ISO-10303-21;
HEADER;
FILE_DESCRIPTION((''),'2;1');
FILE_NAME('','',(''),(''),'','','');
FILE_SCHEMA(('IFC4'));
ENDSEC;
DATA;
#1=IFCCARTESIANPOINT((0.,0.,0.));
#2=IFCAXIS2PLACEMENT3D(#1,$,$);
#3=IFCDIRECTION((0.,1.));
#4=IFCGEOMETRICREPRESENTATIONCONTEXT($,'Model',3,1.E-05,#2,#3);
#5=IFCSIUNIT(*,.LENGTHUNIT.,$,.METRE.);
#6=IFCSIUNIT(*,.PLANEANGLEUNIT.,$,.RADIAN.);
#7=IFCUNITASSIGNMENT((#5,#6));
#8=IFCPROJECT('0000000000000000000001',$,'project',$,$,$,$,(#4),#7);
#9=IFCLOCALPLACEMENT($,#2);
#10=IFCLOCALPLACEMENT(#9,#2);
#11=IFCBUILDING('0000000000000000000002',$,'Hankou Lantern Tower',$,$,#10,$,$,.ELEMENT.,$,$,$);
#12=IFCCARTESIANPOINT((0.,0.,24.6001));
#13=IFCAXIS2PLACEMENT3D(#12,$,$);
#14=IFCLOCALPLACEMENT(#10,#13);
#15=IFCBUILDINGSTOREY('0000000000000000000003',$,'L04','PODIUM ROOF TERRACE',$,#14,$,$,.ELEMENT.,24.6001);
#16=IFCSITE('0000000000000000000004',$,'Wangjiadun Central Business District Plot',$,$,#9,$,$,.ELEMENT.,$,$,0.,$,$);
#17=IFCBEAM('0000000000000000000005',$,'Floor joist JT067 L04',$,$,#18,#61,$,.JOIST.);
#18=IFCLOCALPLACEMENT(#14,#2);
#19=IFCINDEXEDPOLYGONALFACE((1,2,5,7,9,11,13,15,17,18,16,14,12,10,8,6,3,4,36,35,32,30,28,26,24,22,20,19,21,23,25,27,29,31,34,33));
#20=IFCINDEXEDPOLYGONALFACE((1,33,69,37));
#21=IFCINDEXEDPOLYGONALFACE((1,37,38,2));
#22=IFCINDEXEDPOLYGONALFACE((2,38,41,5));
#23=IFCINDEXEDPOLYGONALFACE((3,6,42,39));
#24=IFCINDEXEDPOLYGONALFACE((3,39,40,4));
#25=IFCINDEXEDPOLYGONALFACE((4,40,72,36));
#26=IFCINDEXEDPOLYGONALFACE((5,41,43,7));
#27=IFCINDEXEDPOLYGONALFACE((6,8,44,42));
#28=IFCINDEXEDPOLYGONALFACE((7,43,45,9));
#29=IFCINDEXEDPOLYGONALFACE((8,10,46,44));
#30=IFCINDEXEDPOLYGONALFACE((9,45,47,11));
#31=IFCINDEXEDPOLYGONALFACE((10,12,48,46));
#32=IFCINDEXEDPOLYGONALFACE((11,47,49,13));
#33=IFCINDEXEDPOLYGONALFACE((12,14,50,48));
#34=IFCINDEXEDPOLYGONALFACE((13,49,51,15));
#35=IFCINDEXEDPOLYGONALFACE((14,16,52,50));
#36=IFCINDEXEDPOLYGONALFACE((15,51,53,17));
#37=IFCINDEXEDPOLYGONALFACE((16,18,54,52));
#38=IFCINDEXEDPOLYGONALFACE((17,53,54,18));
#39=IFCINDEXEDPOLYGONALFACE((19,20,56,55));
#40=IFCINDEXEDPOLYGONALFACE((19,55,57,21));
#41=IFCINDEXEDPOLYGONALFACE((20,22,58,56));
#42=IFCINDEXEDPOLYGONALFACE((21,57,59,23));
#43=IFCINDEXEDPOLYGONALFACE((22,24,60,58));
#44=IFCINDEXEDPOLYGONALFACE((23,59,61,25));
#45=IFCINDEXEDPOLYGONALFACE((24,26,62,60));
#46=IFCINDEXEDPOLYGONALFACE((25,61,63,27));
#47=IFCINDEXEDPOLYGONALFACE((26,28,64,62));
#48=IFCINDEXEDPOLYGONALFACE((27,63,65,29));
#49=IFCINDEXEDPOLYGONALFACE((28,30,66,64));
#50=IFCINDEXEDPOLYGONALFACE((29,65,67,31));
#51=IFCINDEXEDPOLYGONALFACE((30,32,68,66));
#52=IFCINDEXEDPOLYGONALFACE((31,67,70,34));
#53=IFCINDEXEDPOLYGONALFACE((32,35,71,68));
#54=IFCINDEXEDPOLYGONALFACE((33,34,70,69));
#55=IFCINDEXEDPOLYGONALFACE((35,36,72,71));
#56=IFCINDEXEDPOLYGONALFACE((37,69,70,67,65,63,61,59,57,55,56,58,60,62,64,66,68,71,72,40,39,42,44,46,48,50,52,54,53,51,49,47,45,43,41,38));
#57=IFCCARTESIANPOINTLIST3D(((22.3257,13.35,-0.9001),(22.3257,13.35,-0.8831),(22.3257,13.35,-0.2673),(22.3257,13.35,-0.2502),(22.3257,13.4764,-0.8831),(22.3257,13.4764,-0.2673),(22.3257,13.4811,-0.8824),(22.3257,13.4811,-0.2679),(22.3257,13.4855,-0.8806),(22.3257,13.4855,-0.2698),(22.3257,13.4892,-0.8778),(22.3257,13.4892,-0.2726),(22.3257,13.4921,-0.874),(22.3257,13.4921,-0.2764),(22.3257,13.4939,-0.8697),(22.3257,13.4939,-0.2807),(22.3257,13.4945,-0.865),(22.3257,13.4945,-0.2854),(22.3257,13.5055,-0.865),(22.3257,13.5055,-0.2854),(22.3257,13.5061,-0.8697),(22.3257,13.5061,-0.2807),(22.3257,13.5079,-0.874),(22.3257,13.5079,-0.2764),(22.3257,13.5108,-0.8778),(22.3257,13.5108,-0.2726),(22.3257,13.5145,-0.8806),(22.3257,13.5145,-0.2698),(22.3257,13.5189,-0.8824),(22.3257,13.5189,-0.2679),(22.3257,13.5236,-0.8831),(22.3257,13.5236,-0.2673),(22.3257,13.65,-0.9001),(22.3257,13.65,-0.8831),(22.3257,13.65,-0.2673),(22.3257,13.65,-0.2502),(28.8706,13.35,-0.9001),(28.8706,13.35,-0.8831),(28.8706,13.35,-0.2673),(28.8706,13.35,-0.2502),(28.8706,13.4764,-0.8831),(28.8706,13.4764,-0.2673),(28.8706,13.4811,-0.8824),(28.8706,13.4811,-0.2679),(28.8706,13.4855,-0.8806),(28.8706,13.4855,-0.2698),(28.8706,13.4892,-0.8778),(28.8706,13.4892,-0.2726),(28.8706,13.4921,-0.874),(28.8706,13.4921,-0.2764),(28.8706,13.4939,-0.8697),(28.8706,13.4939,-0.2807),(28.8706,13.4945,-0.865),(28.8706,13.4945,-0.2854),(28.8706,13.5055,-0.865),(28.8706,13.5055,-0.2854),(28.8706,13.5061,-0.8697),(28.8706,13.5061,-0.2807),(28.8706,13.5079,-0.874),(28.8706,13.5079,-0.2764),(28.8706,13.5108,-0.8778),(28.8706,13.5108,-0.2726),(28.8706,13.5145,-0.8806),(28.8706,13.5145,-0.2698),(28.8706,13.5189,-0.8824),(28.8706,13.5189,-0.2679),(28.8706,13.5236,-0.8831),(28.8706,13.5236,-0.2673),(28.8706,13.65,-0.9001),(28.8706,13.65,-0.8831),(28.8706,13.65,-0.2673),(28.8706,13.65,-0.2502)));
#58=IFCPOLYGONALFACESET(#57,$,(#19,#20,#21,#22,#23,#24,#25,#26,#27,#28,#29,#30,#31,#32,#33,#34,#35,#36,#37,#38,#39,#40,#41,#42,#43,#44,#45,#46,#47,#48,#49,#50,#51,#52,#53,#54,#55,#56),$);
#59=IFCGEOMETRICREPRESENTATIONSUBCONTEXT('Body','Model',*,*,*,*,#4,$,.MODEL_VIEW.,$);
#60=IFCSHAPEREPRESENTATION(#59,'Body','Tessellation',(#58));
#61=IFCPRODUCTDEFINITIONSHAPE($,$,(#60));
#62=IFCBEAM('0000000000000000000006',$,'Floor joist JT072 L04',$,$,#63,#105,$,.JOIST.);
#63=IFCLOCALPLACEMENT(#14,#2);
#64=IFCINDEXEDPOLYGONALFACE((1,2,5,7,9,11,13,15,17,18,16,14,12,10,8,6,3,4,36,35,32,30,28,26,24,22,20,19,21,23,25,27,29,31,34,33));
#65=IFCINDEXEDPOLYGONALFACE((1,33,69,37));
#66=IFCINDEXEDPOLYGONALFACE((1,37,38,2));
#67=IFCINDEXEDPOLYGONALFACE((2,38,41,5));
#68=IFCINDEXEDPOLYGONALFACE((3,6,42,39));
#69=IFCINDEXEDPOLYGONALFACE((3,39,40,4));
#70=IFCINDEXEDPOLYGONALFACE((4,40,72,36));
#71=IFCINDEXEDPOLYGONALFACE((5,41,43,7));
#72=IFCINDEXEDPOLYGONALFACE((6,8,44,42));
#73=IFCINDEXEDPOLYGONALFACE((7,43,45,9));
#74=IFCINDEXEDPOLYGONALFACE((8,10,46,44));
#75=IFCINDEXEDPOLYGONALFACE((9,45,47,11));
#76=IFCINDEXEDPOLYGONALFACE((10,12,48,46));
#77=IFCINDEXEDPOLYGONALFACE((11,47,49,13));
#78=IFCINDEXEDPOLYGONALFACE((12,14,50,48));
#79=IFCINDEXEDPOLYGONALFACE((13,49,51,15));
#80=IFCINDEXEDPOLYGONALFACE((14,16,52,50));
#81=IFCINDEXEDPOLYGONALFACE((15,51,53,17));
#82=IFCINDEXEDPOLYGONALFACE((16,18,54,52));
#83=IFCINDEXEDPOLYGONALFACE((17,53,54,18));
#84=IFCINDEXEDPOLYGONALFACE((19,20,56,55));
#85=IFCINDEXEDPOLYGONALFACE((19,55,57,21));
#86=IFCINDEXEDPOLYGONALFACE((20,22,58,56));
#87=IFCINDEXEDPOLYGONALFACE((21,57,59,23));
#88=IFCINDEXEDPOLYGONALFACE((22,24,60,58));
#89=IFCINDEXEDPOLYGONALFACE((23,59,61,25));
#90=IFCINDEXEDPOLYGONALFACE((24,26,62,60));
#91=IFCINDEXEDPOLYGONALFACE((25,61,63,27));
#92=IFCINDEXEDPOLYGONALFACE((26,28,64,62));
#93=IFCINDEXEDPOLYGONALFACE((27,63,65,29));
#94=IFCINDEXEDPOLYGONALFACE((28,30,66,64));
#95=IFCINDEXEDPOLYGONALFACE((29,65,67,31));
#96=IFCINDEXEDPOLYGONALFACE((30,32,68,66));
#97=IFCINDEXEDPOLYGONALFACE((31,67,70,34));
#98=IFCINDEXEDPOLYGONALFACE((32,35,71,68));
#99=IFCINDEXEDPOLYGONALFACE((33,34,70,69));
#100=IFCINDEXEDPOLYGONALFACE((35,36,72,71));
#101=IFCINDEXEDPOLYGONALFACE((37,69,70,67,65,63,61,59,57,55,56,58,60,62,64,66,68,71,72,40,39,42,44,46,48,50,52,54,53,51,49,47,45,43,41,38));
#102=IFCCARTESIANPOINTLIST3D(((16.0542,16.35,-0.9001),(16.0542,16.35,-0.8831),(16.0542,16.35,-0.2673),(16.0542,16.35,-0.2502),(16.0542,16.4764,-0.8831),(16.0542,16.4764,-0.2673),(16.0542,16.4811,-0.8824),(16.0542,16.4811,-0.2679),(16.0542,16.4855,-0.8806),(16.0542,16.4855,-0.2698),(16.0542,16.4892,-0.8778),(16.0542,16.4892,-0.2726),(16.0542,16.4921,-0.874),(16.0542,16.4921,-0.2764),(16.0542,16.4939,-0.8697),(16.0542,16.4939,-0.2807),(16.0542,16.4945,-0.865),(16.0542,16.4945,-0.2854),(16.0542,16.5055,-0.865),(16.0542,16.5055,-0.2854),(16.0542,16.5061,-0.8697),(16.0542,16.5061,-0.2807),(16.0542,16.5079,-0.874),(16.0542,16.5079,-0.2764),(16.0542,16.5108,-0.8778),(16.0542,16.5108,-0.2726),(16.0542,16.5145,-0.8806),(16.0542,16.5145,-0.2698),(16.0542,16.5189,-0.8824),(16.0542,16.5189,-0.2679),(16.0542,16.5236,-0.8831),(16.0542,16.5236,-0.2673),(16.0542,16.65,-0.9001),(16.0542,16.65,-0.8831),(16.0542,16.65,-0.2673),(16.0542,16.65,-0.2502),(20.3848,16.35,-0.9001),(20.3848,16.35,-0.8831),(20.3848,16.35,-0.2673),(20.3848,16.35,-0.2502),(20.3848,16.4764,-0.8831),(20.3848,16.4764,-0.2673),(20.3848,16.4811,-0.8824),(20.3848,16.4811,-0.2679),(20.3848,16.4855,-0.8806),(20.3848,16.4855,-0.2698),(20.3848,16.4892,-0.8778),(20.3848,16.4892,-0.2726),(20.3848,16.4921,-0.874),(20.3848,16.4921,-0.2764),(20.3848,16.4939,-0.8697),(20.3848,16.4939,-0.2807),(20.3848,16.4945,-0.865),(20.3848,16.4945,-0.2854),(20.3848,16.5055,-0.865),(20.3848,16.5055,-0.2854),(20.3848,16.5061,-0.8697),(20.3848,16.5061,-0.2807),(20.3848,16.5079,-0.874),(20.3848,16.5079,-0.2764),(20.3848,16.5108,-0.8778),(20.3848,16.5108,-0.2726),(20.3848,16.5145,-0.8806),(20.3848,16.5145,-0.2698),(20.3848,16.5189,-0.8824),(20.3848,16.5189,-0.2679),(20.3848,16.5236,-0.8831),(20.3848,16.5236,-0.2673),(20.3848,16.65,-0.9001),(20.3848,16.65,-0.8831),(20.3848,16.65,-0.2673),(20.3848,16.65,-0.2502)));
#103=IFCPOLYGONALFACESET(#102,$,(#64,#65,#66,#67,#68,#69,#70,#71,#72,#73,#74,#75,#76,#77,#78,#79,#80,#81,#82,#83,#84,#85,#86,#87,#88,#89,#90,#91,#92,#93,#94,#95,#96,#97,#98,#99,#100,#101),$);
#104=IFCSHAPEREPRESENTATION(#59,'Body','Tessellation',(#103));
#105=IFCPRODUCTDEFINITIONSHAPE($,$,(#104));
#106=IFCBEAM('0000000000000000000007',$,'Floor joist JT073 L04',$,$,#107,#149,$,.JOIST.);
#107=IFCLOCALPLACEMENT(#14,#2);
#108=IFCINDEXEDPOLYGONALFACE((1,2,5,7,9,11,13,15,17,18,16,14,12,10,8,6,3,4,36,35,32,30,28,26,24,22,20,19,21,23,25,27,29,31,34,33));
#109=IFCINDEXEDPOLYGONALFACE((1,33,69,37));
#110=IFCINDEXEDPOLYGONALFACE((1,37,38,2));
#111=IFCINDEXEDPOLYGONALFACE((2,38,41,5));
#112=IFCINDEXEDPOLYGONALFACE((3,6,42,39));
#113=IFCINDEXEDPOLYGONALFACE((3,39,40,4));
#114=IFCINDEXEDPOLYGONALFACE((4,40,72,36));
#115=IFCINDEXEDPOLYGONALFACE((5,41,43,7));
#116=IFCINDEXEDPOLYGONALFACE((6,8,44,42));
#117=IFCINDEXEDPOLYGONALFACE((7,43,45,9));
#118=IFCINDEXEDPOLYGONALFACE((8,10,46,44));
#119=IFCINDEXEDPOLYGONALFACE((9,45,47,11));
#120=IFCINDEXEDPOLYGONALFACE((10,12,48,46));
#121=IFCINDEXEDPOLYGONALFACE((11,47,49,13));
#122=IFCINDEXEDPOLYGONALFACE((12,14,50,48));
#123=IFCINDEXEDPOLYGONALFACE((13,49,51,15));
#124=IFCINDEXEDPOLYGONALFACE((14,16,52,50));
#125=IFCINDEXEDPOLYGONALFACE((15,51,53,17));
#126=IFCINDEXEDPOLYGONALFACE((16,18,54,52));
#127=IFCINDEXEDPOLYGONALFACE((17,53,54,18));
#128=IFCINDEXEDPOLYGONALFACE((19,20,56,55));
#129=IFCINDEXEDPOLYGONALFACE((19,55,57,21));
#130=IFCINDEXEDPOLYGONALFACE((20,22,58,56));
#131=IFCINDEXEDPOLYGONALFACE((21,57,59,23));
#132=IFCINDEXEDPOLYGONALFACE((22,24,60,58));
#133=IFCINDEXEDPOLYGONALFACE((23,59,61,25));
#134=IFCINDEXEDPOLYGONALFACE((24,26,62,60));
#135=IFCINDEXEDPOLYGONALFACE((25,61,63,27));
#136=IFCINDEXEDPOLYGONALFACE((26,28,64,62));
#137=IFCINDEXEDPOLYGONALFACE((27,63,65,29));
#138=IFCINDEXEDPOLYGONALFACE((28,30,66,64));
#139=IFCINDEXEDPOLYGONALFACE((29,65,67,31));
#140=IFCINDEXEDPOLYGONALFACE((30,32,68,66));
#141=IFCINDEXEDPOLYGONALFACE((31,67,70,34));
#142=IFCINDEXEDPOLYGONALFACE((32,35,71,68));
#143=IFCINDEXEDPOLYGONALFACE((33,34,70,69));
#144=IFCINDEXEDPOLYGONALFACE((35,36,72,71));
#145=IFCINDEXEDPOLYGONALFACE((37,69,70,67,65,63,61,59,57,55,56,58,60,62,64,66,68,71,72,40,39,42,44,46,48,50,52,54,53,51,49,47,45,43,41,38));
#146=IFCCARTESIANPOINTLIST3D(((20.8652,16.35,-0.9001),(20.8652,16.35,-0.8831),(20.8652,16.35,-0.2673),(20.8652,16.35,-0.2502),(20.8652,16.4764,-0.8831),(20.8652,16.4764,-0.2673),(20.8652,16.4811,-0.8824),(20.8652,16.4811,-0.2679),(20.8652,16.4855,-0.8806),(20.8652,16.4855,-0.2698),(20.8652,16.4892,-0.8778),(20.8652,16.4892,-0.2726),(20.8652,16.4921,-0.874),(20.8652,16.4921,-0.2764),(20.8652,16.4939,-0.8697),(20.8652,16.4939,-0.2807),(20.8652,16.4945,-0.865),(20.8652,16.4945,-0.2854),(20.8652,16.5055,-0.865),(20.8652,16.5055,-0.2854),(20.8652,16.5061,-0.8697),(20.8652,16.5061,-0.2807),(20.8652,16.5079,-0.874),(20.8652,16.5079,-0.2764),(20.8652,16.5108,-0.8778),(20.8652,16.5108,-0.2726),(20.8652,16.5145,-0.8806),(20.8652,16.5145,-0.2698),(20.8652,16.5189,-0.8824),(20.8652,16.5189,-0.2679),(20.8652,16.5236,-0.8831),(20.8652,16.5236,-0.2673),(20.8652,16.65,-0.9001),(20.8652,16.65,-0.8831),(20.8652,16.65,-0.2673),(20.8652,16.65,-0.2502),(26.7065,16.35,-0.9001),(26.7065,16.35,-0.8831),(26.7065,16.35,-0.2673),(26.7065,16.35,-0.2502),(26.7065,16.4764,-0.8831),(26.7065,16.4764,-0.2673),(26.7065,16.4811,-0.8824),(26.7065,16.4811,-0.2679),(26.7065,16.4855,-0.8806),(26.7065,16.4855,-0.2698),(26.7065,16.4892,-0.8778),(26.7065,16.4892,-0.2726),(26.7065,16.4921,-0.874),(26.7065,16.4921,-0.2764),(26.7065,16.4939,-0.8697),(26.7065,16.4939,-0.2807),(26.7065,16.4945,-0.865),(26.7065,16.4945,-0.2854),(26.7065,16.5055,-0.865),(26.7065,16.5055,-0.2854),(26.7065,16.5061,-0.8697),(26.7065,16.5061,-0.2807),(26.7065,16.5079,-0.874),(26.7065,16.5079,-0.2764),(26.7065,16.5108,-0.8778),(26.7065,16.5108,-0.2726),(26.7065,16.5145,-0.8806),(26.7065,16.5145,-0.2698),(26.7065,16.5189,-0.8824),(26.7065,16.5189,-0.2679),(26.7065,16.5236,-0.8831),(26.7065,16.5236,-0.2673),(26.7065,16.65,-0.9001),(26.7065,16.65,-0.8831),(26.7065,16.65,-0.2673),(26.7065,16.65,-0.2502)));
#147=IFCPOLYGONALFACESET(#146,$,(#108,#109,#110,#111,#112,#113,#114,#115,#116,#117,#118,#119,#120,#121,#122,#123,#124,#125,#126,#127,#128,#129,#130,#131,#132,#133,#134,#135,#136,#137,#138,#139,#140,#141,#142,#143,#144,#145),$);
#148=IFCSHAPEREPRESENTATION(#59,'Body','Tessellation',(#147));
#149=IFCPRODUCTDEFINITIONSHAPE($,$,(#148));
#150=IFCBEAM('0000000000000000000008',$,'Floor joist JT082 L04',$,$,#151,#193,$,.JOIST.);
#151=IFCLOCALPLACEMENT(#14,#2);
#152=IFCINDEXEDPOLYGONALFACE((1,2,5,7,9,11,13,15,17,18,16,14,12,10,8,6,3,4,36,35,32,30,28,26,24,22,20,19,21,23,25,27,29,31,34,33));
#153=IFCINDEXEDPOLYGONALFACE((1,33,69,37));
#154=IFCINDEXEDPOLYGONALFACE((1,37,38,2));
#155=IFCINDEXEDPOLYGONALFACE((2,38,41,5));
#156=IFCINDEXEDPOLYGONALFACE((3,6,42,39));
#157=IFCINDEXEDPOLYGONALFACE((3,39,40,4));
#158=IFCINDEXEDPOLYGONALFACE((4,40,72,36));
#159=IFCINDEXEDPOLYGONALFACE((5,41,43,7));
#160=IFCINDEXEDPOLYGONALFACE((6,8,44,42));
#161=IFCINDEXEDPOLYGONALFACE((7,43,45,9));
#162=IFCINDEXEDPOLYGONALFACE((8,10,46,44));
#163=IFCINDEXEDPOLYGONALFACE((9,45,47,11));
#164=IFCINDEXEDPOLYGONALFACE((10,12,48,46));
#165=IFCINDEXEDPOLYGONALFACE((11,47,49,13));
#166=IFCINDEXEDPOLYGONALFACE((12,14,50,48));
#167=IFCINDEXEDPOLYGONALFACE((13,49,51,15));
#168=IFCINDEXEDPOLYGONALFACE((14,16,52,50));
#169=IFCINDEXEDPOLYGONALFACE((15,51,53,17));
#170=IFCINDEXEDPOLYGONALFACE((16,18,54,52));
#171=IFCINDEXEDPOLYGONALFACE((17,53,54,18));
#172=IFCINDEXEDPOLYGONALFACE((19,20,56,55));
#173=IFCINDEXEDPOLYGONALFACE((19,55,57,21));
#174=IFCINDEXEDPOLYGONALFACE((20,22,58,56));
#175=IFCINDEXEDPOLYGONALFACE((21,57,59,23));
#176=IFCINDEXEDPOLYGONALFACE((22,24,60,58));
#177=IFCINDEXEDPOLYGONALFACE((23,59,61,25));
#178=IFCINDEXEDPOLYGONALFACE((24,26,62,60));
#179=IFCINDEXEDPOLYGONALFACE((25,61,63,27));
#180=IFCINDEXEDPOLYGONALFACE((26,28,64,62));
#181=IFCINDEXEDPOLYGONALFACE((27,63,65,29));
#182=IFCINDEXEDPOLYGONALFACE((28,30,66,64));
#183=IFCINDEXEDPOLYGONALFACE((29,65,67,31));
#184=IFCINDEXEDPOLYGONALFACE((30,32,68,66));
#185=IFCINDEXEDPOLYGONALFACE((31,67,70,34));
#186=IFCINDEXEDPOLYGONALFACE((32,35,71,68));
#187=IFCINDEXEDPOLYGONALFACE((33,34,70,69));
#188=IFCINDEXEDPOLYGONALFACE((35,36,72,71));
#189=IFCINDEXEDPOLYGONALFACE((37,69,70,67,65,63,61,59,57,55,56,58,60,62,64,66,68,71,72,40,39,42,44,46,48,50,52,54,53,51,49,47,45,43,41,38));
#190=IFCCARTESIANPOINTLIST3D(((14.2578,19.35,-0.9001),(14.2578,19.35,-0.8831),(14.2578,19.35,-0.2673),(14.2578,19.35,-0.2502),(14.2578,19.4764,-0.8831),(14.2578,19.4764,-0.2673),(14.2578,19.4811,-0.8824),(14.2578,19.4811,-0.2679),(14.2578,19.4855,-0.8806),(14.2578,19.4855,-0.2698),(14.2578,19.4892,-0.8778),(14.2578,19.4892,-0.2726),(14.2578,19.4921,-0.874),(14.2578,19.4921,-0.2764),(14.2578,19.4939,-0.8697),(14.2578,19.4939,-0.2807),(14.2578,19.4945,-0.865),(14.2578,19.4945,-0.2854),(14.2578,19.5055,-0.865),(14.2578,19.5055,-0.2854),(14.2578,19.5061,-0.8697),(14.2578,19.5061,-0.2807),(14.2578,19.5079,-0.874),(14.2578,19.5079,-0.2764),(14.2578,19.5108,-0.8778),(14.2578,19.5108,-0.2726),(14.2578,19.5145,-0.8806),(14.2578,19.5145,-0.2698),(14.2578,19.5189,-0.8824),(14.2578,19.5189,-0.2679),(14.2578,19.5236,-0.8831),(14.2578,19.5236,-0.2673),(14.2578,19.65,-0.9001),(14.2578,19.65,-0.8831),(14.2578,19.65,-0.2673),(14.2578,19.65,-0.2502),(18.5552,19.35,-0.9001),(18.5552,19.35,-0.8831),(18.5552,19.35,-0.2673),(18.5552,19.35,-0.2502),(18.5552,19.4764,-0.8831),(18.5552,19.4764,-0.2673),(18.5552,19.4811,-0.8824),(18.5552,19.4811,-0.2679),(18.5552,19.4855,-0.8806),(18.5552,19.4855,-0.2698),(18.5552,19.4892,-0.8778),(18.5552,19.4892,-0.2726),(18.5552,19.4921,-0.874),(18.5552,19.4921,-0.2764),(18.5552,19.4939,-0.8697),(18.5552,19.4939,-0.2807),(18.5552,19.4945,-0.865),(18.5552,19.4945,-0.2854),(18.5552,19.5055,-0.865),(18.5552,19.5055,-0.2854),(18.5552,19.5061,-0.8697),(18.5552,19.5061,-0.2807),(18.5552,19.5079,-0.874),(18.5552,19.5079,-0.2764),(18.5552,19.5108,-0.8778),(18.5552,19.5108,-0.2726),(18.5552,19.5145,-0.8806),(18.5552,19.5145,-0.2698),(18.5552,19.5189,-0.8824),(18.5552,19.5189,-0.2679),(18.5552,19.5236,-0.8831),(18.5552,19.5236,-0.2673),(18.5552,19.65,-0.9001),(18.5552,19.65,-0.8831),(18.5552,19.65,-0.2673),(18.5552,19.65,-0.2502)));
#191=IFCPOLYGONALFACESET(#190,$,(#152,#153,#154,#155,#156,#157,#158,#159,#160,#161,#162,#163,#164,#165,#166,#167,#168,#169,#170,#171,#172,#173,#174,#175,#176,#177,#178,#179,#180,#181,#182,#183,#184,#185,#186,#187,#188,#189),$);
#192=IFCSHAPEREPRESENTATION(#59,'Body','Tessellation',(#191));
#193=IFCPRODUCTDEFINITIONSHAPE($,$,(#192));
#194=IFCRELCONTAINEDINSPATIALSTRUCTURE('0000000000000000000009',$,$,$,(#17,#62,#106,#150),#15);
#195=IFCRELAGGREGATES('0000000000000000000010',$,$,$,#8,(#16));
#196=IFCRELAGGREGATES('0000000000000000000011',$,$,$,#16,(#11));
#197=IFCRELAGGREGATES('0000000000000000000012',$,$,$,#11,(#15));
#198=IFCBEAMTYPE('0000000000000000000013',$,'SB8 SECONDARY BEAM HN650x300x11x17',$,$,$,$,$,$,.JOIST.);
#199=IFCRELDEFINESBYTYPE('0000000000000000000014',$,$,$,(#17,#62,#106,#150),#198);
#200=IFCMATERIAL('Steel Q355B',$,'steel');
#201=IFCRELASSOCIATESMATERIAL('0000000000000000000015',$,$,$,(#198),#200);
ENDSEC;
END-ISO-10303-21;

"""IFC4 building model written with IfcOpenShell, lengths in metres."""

from ifc_helpers import new_model, si_unit, direction, frame, origin, origin_2d, place, context, subcontext, project, spatial, i_section, extrude, material, material_profile, profile_set, type_object, element, save


model = new_model("IFC4")

# Units and contexts
model_context = context("Model", 3, precision=1e-05, world=origin(), true_north=direction((0.0, 1.0)))
body_context = subcontext(model_context, "Body", "Model", "MODEL_VIEW")
ifc_project = project(units=[si_unit("LENGTHUNIT", "METRE"), si_unit("PLANEANGLEUNIT", "RADIAN")], contexts=[model_context])

# Site, building, storey
site_placement = place(None, origin())
site = spatial("IfcSite", under=ifc_project, at=site_placement, Name="Wangjiadun Central Business District Plot", CompositionType="ELEMENT", RefElevation=0.0)
building_placement = place(site_placement, origin())
building = spatial("IfcBuilding", under=site, at=building_placement, Name="Hankou Lantern Tower", CompositionType="ELEMENT")
storey_placement = place(building_placement, frame((0.0, 0.0, 24.6001)))
storey = spatial("IfcBuildingStorey", under=building, at=storey_placement, Name="L04", Description="PODIUM ROOF TERRACE", CompositionType="ELEMENT", Elevation=24.6001)

# Beams
ifc_material_1 = material(Name="Steel Q355B", Category="steel")
ifc_material_profile_1 = material_profile(ifc_material_1, i_section(OverallWidth=0.3, OverallDepth=0.6499, WebThickness=0.011, FlangeThickness=0.0171, FilletRadius=0.0181, at=origin_2d()), Name="HN650x300x11x17")
ifc_profile_set_1 = profile_set([ifc_material_profile_1], Name="Steel Q355B")
beam_type_1 = type_object("IfcBeamType", Name="SB8 SECONDARY BEAM HN650x300x11x17", PredefinedType="JOIST", material=ifc_profile_set_1)
beam_1_placement = place(storey_placement, frame((22.3257, 13.5, -0.5752), z_axis=(1.0, 0.0, 0.0), x_axis=(0.0, 1.0, 0.0)))
element("IfcBeam", 1, at=beam_1_placement, inside=storey, type_object=beam_type_1, Name="Floor joist JT067 L04", PredefinedType="JOIST", context=body_context, shape_type="SweptSolid", body=[
    extrude(i_section(OverallWidth=0.3, OverallDepth=0.6499, WebThickness=0.011, FlangeThickness=0.0171, FilletRadius=0.0181, at=origin_2d()), origin(), (0.0, 0.0, 1.0), 6.5449),
])
beam_2_placement = place(storey_placement, frame((16.0542, 16.5, -0.5752), z_axis=(1.0, 0.0, 0.0), x_axis=(0.0, 1.0, 0.0)))
element("IfcBeam", 2, at=beam_2_placement, inside=storey, type_object=beam_type_1, Name="Floor joist JT072 L04", PredefinedType="JOIST", context=body_context, shape_type="SweptSolid", body=[
    extrude(i_section(OverallWidth=0.3, OverallDepth=0.6499, WebThickness=0.011, FlangeThickness=0.0171, FilletRadius=0.0181, at=origin_2d()), origin(), (0.0, 0.0, 1.0), 4.3306),
])
beam_3_placement = place(storey_placement, frame((20.8652, 16.5, -0.5752), z_axis=(1.0, 0.0, 0.0), x_axis=(0.0, 1.0, 0.0)))
element("IfcBeam", 3, at=beam_3_placement, inside=storey, type_object=beam_type_1, Name="Floor joist JT073 L04", PredefinedType="JOIST", context=body_context, shape_type="SweptSolid", body=[
    extrude(i_section(OverallWidth=0.3, OverallDepth=0.6499, WebThickness=0.011, FlangeThickness=0.0171, FilletRadius=0.0181, at=origin_2d()), origin(), (0.0, 0.0, 1.0), 5.8413),
])
beam_4_placement = place(storey_placement, frame((14.2578, 19.5, -0.5752), z_axis=(1.0, 0.0, 0.0), x_axis=(0.0, 1.0, 0.0)))
element("IfcBeam", 4, at=beam_4_placement, inside=storey, type_object=beam_type_1, Name="Floor joist JT082 L04", PredefinedType="JOIST", context=body_context, shape_type="SweptSolid", body=[
    extrude(i_section(OverallWidth=0.3, OverallDepth=0.6499, WebThickness=0.011, FlangeThickness=0.0171, FilletRadius=0.0181, at=origin_2d()), origin(), (0.0, 0.0, 1.0), 4.2974),
])

save(model, "model.ifc")
